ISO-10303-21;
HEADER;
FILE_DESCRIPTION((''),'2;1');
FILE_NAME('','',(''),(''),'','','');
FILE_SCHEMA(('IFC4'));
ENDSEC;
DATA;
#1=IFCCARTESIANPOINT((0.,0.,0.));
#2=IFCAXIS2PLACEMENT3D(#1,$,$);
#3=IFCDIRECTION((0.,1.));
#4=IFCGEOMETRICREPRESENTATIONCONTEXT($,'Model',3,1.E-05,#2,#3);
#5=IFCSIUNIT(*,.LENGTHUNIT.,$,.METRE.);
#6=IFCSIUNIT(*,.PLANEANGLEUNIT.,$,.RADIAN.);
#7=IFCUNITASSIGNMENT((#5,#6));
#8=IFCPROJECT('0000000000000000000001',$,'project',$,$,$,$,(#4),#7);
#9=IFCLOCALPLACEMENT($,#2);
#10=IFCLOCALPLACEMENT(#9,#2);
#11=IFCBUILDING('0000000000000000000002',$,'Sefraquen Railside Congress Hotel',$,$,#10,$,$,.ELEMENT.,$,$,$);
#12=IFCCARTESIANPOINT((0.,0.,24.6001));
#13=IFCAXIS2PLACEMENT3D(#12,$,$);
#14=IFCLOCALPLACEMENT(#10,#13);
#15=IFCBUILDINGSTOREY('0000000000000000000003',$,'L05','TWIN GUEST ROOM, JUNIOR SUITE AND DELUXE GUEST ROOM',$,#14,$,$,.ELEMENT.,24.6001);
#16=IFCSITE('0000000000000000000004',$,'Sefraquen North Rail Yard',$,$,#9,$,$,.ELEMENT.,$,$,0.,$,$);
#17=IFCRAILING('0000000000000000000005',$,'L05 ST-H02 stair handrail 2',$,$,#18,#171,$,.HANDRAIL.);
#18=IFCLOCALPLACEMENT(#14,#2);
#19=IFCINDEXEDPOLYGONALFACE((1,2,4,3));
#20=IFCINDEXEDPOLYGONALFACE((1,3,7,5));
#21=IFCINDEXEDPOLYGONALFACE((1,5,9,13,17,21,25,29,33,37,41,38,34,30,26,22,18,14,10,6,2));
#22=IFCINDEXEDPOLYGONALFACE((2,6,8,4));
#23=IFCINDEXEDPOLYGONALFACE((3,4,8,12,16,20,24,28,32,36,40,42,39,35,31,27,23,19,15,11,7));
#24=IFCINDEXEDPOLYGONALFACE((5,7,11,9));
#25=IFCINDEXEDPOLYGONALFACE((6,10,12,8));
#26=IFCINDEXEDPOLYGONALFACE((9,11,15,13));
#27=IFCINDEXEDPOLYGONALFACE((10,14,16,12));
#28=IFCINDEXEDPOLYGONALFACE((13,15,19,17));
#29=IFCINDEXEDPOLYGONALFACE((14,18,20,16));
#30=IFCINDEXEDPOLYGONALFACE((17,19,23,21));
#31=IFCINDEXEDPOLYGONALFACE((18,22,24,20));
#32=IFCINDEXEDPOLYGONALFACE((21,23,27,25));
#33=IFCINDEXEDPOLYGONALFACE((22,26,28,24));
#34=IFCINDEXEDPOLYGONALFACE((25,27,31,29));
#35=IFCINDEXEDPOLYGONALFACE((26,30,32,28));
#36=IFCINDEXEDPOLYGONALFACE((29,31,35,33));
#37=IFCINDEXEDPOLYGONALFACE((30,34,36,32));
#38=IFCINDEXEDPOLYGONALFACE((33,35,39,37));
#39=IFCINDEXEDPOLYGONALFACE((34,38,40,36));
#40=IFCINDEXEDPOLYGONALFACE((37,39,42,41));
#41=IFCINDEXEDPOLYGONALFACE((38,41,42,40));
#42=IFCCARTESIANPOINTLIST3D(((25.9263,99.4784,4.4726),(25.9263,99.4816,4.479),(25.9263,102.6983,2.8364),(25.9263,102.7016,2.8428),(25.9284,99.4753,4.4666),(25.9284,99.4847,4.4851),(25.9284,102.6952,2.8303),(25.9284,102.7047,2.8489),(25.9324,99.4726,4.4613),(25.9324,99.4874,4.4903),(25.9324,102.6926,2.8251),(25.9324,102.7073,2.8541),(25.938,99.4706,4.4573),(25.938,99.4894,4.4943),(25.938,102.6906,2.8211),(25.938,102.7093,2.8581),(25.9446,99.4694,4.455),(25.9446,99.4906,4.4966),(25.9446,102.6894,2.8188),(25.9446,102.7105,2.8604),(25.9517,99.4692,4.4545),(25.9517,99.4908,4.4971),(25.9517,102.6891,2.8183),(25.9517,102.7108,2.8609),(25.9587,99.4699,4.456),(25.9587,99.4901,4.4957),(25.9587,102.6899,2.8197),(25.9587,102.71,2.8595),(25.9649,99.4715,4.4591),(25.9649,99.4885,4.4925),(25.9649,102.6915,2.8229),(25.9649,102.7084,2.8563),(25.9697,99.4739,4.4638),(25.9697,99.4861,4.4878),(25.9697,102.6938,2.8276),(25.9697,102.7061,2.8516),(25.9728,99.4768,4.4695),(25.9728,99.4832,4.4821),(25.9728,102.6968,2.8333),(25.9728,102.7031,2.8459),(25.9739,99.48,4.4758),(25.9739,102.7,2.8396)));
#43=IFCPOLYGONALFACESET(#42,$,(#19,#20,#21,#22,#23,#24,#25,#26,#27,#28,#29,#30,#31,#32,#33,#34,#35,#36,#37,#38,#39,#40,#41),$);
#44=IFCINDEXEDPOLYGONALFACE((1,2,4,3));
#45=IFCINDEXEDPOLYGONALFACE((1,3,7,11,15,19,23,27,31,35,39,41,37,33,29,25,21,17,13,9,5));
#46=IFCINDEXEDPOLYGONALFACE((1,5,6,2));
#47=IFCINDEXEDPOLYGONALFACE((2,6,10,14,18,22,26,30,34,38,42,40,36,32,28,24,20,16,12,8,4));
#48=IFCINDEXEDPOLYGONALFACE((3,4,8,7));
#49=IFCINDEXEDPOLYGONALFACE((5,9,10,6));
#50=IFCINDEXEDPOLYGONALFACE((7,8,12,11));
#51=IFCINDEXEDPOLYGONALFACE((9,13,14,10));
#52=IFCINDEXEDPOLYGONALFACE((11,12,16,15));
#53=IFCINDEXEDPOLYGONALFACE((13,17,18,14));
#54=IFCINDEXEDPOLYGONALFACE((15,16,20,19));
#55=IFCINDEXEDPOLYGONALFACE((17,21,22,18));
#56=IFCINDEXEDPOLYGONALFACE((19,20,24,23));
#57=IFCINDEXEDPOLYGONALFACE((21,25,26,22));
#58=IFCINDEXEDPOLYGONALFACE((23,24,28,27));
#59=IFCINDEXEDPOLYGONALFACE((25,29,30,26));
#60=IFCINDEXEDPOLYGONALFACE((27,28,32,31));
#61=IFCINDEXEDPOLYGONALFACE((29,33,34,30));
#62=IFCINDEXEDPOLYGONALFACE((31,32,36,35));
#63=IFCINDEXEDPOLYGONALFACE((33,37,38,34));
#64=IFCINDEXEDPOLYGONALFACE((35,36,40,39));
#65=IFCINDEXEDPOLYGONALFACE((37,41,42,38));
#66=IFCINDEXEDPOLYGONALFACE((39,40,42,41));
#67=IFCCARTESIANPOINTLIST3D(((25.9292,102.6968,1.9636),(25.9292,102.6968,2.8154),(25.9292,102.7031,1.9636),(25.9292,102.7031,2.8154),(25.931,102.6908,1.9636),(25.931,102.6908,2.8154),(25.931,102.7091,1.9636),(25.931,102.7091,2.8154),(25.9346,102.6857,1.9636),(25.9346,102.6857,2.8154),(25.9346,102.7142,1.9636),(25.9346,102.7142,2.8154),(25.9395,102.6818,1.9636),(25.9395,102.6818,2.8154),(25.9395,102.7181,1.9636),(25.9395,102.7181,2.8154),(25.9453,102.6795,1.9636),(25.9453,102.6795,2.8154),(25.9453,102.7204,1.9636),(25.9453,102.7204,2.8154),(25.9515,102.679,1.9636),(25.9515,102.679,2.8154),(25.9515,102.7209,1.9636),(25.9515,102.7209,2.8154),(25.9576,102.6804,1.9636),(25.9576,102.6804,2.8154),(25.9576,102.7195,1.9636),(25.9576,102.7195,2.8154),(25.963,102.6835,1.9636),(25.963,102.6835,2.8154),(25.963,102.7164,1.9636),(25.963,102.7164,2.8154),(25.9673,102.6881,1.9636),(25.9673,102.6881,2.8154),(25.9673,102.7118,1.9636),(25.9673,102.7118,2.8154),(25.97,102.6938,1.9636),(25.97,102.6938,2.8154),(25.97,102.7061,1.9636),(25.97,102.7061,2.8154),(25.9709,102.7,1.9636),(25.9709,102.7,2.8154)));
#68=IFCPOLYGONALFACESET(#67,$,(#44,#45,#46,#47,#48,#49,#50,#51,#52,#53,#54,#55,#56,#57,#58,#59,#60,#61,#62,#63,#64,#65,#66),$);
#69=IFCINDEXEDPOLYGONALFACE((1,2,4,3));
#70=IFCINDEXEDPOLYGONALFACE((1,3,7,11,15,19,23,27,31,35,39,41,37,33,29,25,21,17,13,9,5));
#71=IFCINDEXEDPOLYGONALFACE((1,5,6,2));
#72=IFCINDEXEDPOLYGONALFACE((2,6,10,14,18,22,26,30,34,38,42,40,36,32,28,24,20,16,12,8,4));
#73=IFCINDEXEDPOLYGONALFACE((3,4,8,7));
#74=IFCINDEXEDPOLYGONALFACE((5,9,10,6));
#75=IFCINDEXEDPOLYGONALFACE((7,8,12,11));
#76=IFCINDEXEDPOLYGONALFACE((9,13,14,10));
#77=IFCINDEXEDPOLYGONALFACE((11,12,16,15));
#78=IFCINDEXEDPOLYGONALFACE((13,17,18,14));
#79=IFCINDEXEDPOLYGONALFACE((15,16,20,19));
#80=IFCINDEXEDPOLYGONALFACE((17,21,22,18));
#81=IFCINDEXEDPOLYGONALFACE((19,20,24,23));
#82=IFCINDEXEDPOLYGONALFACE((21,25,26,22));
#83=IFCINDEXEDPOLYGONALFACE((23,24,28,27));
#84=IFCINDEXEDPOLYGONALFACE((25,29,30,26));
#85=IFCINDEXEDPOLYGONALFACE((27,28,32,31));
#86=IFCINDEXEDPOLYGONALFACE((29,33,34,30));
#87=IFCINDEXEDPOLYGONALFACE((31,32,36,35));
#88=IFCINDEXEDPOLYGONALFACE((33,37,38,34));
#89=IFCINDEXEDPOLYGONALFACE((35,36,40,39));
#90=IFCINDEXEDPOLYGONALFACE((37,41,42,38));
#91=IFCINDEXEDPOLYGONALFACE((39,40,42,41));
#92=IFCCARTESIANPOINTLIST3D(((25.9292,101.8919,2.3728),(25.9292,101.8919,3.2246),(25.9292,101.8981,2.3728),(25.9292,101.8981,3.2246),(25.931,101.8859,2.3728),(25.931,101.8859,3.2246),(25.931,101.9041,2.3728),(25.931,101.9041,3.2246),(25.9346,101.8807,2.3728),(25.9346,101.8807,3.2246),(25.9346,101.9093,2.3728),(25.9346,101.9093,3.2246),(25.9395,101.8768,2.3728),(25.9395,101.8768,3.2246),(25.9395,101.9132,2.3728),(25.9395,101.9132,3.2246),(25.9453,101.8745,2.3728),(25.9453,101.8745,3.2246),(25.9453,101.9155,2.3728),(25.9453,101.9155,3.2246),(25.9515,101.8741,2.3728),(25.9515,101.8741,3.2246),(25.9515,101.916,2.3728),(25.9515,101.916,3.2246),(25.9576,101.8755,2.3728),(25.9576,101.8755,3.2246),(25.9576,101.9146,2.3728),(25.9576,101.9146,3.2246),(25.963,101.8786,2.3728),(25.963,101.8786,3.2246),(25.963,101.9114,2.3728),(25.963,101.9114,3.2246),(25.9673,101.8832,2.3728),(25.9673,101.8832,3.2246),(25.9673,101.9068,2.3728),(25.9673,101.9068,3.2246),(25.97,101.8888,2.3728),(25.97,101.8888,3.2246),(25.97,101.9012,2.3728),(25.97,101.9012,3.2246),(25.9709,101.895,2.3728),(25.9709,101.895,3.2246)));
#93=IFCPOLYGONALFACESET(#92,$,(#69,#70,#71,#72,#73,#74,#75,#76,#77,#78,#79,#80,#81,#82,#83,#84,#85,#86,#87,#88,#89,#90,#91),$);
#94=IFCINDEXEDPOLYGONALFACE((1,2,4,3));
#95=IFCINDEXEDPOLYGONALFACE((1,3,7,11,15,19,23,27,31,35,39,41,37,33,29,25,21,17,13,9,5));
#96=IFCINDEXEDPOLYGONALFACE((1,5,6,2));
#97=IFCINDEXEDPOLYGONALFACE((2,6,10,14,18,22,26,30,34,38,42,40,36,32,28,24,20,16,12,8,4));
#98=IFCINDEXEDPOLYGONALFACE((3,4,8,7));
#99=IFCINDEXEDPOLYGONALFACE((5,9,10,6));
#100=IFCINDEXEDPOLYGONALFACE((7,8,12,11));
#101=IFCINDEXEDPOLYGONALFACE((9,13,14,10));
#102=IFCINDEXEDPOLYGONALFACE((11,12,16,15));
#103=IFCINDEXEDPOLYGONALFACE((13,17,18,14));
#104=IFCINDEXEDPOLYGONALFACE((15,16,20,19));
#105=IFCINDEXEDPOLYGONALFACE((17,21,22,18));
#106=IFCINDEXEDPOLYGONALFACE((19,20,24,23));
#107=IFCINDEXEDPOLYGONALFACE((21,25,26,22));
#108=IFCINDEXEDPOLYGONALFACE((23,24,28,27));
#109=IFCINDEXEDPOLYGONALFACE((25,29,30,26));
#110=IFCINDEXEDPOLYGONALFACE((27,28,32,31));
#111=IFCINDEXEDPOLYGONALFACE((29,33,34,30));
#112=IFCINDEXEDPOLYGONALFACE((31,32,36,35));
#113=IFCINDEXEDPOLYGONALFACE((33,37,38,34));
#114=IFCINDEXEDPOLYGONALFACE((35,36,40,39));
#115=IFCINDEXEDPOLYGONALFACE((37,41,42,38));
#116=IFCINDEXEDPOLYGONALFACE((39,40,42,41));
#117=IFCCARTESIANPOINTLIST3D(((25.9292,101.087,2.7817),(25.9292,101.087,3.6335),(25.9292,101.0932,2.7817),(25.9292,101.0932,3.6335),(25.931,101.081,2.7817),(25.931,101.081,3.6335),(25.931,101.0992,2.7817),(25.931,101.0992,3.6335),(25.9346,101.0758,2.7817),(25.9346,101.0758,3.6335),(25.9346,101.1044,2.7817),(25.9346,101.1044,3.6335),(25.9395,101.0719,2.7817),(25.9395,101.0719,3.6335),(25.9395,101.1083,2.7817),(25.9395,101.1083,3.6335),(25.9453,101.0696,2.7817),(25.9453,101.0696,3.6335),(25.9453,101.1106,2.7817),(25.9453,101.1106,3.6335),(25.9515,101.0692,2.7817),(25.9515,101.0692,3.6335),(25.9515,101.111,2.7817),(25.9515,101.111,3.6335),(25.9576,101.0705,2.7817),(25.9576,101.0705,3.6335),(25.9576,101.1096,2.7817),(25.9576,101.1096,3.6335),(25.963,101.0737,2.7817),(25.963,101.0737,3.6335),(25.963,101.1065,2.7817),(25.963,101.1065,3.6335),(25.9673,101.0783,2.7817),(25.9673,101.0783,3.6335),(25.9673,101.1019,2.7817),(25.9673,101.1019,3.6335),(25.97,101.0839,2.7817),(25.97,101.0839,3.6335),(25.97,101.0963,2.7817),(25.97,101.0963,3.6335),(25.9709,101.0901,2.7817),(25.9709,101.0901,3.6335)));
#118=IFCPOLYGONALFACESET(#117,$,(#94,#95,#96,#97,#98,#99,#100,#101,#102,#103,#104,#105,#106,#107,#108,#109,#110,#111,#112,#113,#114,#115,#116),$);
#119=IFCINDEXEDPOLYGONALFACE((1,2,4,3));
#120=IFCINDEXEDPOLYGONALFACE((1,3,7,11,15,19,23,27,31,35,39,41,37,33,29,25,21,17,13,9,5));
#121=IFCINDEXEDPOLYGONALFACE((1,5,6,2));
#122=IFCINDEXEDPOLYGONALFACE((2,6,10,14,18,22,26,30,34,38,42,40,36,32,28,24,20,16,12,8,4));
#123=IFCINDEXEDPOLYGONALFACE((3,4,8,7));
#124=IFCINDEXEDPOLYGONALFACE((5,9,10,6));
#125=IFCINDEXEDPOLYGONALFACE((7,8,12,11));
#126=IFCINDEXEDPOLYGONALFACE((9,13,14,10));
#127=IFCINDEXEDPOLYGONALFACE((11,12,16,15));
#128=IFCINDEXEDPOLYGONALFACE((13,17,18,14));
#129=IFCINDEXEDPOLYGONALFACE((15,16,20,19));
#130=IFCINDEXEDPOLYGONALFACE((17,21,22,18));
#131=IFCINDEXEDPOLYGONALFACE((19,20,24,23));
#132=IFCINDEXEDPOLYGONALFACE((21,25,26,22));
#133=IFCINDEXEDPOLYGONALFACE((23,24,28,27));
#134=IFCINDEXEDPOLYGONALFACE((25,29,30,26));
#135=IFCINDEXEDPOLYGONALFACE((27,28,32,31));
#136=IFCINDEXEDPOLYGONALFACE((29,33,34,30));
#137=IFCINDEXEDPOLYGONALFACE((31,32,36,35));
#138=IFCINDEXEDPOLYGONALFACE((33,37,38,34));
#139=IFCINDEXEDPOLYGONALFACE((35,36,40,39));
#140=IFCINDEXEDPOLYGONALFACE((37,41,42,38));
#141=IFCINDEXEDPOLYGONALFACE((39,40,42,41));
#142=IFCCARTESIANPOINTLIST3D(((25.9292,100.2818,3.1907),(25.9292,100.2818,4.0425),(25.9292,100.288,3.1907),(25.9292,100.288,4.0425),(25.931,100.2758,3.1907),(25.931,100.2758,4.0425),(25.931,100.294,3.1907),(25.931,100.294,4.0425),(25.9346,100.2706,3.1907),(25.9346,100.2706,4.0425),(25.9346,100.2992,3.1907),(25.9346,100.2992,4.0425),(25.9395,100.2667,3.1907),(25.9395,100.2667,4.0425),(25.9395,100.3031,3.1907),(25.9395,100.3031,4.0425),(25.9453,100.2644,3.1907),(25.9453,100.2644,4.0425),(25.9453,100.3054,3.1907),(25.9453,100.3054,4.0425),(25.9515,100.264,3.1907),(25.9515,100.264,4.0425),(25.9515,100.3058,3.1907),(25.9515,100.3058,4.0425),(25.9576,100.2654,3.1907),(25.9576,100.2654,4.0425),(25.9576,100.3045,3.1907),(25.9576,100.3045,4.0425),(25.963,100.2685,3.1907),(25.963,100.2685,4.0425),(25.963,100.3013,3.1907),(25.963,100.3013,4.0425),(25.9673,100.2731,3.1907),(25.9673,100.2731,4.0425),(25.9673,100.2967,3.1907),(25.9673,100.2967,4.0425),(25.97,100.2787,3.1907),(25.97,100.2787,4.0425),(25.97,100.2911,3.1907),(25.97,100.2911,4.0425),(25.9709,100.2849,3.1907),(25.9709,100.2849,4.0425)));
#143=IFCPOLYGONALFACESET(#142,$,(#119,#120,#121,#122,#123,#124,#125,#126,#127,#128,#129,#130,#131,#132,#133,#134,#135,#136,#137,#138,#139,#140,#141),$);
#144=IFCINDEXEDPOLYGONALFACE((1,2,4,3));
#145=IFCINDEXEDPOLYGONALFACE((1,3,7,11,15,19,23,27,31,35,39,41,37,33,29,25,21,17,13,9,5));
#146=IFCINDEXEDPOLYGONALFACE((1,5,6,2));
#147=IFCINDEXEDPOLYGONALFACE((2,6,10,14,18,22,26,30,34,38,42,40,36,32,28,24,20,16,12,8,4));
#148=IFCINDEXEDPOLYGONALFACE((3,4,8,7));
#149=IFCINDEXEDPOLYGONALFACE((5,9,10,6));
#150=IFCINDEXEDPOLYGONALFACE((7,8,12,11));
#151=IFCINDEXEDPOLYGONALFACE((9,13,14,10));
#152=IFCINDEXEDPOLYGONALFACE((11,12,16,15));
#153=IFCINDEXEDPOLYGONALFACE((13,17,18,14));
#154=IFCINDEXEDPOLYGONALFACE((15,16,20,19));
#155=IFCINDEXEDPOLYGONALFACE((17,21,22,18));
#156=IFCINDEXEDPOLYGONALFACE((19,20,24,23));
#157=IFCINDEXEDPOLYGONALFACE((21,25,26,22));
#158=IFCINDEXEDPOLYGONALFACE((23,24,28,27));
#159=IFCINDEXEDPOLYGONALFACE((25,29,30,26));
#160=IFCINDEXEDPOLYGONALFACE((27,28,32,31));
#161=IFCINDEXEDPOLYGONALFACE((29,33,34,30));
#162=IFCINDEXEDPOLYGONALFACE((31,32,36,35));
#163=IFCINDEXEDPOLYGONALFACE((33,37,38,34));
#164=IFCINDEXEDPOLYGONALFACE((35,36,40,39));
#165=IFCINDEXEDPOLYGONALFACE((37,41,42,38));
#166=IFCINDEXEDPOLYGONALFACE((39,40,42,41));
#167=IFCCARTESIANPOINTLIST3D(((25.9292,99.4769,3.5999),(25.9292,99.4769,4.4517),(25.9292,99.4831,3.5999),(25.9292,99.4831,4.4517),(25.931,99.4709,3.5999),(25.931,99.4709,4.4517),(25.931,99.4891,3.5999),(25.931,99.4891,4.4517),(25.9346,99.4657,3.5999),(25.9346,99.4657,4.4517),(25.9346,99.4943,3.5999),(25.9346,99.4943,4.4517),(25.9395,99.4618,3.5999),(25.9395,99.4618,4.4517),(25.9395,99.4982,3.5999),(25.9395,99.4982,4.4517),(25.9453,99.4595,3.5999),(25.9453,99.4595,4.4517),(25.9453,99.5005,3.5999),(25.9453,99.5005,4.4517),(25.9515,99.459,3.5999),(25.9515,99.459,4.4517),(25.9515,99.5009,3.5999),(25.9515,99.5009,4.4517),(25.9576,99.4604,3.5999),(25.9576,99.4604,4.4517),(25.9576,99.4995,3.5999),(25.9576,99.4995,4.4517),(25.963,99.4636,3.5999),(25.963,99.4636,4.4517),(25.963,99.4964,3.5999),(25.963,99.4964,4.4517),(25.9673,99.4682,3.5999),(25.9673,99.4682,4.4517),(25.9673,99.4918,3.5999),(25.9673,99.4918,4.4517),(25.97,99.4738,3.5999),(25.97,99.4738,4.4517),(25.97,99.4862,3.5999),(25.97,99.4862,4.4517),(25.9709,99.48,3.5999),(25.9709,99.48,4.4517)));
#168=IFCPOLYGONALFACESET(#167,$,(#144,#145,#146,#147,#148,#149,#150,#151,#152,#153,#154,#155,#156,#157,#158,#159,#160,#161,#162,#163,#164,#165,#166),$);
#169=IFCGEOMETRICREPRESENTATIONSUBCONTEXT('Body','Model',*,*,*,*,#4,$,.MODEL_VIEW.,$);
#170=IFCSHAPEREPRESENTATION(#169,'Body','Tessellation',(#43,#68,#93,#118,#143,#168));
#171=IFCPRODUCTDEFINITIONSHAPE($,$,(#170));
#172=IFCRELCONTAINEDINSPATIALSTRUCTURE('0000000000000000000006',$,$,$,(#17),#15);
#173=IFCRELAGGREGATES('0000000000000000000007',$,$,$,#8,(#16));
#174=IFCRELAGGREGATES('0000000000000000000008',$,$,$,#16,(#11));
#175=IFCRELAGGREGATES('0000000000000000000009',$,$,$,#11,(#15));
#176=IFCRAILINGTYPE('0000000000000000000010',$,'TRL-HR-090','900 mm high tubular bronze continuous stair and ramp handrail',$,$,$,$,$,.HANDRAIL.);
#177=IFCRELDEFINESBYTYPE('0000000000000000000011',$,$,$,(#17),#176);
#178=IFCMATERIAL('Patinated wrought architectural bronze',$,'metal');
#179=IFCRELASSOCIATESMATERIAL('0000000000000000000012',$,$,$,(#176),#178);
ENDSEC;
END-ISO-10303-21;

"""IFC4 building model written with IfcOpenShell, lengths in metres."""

from ifc_helpers import new_model, si_unit, direction, frame, origin, origin_2d, place, context, subcontext, project, spatial, circle, extrude, material, type_object, element, save


model = new_model("IFC4")

# Units and contexts
model_context = context("Model", 3, precision=1e-05, world=origin(), true_north=direction((0.0, 1.0)))
body_context = subcontext(model_context, "Body", "Model", "MODEL_VIEW")
ifc_project = project(units=[si_unit("LENGTHUNIT", "METRE"), si_unit("PLANEANGLEUNIT", "RADIAN")], contexts=[model_context])

# Site, building, storey
site_placement = place(None, origin())
site = spatial("IfcSite", under=ifc_project, at=site_placement, Name="Sefraquen North Rail Yard", CompositionType="ELEMENT", RefElevation=0.0)
building_placement = place(site_placement, origin())
building = spatial("IfcBuilding", under=site, at=building_placement, Name="Sefraquen Railside Congress Hotel", CompositionType="ELEMENT")
storey_placement = place(building_placement, frame((0.0, 0.0, 24.6001)))
storey = spatial("IfcBuildingStorey", under=building, at=storey_placement, Name="L05", Description="TWIN GUEST ROOM, JUNIOR SUITE AND DELUXE GUEST ROOM", CompositionType="ELEMENT", Elevation=24.6001)

# Railing
ifc_material_1 = material(Name="Patinated wrought architectural bronze", Category="metal")
railing_type = type_object("IfcRailingType", Name="TRL-HR-090", Description="900 mm high tubular bronze continuous stair and ramp handrail", PredefinedType="HANDRAIL", material=ifc_material_1)
railing_placement = place(storey_placement, frame((25.95, 102.7, 1.9636)))
element("IfcRailing", 1, at=railing_placement, inside=storey, type_object=railing_type, Name="L05 ST-H02 stair handrail 2", PredefinedType="HANDRAIL", context=body_context, shape_type="SweptSolid", body=[
    extrude(circle(Radius=0.0239, at=origin_2d()), frame((0.0, 0.0, 0.876), z_axis=(0.0, -0.891502, 0.453017), x_axis=(1.0, 0.0, 0.0)), (0.0, 0.0, 1.0), 3.6118),
    extrude(circle(Radius=0.021, at=origin_2d()), origin(), (0.0, 0.0, 1.0), 0.8518),
    extrude(circle(Radius=0.021, at=origin_2d()), frame((0.0, -0.8049, 0.4092)), (0.0, 0.0, 1.0), 0.8518),
    extrude(circle(Radius=0.021, at=origin_2d()), frame((0.0, -1.6099, 0.8181)), (0.0, 0.0, 1.0), 0.8518),
    extrude(circle(Radius=0.021, at=origin_2d()), frame((0.0, -2.415, 1.2271)), (0.0, 0.0, 1.0), 0.8518),
    extrude(circle(Radius=0.021, at=origin_2d()), frame((0.0, -3.22, 1.6362)), (0.0, 0.0, 1.0), 0.8518),
])

save(model, "model.ifc")
